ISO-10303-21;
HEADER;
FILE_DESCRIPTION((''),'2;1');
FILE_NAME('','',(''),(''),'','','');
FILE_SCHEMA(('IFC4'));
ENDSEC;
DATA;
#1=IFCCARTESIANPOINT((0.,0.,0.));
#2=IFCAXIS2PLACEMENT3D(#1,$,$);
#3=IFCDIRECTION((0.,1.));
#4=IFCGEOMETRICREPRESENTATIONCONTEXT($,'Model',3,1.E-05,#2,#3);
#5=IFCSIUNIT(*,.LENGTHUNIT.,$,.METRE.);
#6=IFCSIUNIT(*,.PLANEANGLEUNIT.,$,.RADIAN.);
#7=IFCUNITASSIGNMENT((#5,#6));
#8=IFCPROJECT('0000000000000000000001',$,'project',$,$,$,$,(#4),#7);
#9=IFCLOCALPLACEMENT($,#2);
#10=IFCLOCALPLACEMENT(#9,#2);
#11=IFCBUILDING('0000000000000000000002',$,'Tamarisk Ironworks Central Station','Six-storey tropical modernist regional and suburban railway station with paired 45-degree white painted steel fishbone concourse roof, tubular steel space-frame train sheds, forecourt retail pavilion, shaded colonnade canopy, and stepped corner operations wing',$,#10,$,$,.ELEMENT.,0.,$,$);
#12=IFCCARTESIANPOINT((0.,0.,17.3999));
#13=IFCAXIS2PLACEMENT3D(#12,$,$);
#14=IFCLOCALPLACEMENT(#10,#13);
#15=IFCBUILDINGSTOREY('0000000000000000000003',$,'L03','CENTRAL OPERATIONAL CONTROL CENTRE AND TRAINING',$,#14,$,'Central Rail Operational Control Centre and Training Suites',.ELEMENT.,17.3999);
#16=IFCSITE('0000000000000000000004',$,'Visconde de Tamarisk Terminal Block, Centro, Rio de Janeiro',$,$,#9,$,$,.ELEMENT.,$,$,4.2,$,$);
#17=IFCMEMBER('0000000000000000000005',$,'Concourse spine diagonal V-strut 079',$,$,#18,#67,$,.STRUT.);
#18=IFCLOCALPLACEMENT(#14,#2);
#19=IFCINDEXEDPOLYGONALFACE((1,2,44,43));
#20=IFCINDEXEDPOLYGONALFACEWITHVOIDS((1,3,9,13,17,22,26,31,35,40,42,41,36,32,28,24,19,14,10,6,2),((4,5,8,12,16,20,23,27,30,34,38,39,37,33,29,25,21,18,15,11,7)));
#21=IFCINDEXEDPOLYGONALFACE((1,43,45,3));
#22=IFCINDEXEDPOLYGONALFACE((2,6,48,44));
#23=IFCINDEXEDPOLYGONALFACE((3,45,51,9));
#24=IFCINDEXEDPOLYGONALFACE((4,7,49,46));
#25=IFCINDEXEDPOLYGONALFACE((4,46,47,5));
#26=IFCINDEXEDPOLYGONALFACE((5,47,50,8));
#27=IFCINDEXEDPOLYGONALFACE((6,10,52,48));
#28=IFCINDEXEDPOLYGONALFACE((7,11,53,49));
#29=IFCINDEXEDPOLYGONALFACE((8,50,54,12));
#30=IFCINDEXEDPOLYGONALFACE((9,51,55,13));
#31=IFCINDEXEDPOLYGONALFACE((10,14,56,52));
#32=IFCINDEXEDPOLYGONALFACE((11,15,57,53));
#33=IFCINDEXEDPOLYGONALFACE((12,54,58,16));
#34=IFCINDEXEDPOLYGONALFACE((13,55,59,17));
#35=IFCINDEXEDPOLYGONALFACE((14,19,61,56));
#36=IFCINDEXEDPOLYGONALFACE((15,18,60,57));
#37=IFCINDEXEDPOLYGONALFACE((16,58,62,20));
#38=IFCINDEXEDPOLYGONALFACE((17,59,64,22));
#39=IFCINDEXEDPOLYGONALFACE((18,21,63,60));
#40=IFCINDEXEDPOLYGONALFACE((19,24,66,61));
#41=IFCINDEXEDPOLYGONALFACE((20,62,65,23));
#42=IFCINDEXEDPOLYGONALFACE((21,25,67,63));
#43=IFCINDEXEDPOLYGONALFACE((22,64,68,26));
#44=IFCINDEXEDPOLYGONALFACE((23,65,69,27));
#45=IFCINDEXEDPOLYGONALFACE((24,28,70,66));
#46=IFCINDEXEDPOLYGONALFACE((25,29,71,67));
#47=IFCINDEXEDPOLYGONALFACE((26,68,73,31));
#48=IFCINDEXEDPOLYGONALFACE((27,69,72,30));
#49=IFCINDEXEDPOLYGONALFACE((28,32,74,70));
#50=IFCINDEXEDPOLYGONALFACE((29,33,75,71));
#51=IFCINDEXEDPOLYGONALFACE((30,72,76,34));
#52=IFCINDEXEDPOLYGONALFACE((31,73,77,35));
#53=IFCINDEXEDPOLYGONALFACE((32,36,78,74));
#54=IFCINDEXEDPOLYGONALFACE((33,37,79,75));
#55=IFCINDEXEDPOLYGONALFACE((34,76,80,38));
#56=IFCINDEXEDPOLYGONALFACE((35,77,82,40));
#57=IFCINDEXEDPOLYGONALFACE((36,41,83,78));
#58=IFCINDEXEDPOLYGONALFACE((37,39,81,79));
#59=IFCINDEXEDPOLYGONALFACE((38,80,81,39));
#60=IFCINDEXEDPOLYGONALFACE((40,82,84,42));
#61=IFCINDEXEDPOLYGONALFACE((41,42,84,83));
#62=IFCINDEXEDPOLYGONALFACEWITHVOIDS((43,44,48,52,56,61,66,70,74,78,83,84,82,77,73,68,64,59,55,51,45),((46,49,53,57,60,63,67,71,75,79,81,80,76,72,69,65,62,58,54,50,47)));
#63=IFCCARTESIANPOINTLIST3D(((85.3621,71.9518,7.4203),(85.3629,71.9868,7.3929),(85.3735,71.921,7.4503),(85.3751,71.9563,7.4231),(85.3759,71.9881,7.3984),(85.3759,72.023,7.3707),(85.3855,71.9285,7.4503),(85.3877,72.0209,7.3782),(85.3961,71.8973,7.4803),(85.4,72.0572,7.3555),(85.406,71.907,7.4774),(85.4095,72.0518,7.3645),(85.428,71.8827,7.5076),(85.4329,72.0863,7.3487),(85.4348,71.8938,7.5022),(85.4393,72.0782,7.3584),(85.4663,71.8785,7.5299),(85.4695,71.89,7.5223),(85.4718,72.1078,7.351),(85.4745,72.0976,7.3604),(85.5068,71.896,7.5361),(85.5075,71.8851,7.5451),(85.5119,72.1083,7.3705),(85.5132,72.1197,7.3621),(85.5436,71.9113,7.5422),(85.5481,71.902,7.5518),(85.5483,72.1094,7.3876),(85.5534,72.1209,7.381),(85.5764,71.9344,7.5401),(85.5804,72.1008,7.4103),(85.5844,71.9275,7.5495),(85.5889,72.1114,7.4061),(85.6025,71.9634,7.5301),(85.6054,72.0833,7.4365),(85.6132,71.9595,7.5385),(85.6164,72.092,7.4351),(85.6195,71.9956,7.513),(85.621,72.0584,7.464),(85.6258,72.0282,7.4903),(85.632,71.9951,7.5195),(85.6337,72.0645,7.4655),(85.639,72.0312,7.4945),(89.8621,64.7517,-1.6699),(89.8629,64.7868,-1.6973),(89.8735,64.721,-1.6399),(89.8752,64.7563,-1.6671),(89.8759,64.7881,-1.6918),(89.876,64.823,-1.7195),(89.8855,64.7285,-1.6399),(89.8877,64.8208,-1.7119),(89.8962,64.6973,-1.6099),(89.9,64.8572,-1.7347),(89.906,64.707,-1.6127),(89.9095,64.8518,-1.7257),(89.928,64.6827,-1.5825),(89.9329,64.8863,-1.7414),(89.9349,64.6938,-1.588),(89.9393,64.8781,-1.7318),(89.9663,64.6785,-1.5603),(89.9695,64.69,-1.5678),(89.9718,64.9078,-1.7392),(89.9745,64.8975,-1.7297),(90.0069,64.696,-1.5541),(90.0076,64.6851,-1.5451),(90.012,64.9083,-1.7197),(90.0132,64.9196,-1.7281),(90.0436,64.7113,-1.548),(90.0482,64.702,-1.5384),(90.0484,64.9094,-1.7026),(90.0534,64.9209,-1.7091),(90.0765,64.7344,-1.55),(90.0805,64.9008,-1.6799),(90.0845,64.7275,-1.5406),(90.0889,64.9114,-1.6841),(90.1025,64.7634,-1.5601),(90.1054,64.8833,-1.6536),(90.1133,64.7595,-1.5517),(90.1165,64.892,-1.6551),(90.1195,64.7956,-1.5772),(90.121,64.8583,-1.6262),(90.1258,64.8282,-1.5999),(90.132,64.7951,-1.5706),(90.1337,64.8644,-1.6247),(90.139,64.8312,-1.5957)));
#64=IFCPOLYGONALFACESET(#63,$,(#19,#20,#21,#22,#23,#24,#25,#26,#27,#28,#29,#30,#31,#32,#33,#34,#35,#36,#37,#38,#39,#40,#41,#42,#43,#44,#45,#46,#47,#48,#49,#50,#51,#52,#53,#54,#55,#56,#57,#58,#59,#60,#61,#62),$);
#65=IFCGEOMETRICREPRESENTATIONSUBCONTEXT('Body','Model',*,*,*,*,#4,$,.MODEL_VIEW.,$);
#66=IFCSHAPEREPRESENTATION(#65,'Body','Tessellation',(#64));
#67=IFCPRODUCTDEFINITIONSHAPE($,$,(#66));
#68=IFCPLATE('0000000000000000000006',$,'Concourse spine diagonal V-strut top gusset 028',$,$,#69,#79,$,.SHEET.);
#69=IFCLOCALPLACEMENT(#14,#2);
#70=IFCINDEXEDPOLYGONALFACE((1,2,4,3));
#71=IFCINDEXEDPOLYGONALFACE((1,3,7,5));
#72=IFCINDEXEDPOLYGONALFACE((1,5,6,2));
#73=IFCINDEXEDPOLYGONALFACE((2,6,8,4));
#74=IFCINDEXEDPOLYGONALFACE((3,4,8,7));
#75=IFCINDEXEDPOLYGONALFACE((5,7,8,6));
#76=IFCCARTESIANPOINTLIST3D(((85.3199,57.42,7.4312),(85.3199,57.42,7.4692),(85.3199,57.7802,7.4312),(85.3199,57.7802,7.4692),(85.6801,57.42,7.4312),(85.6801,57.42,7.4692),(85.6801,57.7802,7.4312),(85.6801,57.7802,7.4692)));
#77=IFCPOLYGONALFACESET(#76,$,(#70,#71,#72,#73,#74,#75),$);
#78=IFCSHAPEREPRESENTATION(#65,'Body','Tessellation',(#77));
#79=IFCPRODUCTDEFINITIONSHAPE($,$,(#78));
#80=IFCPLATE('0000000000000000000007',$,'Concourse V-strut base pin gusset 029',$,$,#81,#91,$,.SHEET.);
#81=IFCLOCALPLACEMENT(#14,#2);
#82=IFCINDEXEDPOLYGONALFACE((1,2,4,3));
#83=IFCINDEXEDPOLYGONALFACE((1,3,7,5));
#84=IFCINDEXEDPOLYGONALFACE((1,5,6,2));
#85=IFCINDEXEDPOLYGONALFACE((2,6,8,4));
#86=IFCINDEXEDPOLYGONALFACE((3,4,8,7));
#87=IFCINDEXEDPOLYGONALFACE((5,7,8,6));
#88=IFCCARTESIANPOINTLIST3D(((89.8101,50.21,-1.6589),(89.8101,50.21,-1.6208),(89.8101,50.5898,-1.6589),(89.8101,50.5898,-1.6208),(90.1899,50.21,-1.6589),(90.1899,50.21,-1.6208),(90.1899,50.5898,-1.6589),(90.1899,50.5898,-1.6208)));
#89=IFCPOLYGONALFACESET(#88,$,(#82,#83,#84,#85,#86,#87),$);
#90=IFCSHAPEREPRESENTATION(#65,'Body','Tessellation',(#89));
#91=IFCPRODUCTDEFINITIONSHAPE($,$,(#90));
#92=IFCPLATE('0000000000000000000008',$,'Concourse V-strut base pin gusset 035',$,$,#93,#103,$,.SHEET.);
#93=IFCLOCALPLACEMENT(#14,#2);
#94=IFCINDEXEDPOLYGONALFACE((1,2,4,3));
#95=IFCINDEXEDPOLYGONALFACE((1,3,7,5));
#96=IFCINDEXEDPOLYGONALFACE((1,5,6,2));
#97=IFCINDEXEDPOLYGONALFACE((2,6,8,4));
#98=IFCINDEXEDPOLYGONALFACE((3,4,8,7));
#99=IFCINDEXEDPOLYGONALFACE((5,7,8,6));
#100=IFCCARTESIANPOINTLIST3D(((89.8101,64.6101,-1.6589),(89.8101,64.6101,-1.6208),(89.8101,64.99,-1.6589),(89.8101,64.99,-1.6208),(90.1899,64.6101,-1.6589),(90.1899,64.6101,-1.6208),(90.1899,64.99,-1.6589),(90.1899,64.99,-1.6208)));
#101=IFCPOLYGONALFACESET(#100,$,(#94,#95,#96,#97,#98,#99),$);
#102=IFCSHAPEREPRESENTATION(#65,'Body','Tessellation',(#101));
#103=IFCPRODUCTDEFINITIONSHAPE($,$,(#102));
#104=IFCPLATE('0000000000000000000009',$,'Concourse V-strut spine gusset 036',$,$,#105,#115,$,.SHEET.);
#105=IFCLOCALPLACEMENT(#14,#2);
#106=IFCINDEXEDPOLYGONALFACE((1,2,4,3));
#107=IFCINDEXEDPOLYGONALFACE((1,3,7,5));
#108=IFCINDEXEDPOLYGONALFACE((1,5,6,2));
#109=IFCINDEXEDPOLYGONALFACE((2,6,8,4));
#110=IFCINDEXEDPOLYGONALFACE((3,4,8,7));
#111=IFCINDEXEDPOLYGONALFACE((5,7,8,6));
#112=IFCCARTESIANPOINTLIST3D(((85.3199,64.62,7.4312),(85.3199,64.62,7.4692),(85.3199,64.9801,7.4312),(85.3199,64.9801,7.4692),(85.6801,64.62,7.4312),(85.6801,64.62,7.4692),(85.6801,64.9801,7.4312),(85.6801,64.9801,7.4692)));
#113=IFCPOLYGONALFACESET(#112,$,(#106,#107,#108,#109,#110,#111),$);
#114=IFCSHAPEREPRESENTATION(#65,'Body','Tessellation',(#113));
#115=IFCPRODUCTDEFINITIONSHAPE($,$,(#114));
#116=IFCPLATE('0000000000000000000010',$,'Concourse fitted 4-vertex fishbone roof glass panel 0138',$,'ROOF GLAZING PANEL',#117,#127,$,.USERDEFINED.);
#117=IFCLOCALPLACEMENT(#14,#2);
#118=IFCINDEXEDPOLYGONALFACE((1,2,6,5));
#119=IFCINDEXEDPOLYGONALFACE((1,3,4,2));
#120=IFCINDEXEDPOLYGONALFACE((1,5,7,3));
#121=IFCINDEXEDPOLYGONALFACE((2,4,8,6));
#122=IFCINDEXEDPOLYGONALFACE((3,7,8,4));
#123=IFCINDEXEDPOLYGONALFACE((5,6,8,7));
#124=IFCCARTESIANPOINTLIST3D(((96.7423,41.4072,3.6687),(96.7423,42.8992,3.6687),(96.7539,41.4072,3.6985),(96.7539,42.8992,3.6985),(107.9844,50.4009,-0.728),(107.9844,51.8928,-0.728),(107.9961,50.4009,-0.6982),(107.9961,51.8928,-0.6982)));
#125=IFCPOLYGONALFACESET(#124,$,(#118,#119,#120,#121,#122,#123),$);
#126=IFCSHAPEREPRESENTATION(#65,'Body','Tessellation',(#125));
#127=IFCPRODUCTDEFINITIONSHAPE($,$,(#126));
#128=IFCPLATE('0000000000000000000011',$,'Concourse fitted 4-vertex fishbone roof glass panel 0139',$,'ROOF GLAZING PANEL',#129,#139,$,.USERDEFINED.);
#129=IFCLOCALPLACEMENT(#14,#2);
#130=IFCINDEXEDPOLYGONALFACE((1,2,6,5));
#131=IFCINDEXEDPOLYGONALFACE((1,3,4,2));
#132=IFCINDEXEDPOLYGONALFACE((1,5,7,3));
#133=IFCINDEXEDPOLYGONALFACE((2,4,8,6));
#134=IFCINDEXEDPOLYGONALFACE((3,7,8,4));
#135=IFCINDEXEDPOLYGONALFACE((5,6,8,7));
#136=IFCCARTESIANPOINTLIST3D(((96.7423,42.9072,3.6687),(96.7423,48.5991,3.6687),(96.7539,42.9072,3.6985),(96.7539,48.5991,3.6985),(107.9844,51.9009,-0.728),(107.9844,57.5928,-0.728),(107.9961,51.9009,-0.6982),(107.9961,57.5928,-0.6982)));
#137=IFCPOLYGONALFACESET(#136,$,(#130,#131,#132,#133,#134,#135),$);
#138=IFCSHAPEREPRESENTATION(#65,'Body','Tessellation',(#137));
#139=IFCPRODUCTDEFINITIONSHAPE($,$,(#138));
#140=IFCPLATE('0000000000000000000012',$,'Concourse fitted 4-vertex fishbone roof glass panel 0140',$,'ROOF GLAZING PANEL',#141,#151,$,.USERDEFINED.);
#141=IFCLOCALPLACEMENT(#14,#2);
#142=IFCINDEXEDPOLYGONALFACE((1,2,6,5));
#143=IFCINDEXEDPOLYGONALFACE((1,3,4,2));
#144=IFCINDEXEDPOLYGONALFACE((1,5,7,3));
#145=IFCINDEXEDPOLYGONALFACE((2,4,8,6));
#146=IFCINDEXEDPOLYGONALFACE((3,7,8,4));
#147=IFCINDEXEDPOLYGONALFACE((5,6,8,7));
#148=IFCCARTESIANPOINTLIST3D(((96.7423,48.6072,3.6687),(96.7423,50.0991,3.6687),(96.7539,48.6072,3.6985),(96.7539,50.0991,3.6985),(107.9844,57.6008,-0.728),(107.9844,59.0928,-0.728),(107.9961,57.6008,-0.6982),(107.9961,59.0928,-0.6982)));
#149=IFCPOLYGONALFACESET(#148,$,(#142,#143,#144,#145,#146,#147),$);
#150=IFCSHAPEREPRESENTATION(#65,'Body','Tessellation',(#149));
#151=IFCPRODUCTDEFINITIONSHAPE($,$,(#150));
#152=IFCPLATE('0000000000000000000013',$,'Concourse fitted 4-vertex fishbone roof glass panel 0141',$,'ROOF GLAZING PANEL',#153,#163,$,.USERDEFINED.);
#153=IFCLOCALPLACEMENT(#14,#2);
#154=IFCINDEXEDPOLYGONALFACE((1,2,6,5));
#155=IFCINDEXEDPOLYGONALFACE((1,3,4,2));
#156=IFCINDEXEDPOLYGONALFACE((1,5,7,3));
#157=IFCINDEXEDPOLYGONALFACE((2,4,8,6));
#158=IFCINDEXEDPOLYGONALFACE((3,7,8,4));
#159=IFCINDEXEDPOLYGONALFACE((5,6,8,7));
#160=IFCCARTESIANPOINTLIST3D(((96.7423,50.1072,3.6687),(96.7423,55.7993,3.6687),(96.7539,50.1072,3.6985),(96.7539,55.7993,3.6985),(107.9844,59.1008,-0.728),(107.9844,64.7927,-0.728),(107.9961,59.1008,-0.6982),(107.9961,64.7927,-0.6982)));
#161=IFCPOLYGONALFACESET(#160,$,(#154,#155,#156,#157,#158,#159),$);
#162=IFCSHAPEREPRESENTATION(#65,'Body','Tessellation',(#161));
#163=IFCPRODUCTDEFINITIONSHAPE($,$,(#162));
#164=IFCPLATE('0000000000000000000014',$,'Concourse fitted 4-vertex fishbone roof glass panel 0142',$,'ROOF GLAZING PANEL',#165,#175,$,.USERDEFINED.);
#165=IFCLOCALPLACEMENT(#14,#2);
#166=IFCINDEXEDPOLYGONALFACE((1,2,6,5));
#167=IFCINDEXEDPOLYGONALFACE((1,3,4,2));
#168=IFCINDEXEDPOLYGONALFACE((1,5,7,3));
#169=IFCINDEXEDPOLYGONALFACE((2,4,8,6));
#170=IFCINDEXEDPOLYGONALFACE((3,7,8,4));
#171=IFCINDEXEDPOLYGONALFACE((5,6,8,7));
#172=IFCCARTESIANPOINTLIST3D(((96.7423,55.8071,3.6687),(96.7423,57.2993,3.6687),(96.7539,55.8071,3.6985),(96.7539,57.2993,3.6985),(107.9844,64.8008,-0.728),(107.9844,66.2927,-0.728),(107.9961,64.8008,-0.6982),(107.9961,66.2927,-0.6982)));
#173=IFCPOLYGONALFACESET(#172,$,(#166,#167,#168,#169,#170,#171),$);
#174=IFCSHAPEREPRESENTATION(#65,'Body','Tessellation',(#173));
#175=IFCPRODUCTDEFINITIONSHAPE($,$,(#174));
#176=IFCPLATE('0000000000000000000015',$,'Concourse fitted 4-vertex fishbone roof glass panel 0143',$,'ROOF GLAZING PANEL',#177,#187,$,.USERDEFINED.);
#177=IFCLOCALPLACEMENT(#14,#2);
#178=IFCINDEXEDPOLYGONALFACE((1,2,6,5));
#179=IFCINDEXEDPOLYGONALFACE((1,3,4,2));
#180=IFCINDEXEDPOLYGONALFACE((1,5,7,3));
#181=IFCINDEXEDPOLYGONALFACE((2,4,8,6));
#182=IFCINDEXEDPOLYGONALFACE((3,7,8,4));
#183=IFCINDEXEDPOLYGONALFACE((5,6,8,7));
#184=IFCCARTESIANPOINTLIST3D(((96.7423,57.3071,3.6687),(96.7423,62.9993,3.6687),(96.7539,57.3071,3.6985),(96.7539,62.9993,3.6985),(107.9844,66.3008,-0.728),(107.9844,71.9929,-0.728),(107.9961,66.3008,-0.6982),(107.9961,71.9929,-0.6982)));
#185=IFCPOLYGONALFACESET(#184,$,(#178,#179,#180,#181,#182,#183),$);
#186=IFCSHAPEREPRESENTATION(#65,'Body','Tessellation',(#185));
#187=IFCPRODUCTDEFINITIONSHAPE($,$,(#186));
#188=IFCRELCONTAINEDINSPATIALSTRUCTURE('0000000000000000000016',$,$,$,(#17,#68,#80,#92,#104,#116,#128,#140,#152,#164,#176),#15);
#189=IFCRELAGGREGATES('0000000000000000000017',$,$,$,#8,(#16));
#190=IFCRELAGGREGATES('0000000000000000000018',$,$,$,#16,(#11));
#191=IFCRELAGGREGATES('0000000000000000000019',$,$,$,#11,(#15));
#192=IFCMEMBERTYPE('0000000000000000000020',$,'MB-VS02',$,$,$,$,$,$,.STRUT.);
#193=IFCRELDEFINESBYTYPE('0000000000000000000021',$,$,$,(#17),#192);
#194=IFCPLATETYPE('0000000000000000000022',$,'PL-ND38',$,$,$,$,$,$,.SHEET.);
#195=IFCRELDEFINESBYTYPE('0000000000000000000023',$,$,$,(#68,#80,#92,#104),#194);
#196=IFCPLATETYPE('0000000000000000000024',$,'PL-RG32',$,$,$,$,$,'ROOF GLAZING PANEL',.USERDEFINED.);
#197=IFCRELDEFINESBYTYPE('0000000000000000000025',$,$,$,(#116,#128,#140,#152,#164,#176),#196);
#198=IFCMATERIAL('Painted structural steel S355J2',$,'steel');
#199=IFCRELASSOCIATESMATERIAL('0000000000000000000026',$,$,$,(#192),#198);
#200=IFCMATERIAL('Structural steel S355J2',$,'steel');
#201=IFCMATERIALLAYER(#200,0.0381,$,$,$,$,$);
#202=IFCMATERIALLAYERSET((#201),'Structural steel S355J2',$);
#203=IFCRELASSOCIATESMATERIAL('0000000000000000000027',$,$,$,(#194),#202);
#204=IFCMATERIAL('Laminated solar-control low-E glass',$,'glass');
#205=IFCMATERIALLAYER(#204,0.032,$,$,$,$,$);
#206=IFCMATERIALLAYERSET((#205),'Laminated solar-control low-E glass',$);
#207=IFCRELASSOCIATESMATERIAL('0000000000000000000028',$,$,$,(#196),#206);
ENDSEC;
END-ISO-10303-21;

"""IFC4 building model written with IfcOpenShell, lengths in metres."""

from ifc_helpers import new_model, si_unit, direction, frame, origin, origin_2d, place, context, subcontext, project, spatial, polyline, rectangle, hollow_circle, outline, extrude, material, layer, layer_set, material_profile, profile_set, type_object, element, save


model = new_model("IFC4")

# Units and contexts
model_context = context("Model", 3, precision=1e-05, world=origin(), true_north=direction((0.0, 1.0)))
body_context = subcontext(model_context, "Body", "Model", "MODEL_VIEW")
ifc_project = project(units=[si_unit("LENGTHUNIT", "METRE"), si_unit("PLANEANGLEUNIT", "RADIAN")], contexts=[model_context])

# Site, building, storey
site_placement = place(None, origin())
site = spatial("IfcSite", under=ifc_project, at=site_placement, Name="Visconde de Tamarisk Terminal Block, Centro, Rio de Janeiro", CompositionType="ELEMENT", RefElevation=4.2)
building_placement = place(site_placement, origin())
building = spatial("IfcBuilding", under=site, at=building_placement, Name="Tamarisk Ironworks Central Station", Description="Six-storey tropical modernist regional and suburban railway station with paired 45-degree white painted steel fishbone concourse roof, tubular steel space-frame train sheds, forecourt retail pavilion, shaded colonnade canopy, and stepped corner operations wing", CompositionType="ELEMENT", ElevationOfRefHeight=0.0)
storey_placement = place(building_placement, frame((0.0, 0.0, 17.3999)))
storey = spatial("IfcBuildingStorey", under=building, at=storey_placement, Name="L03", Description="CENTRAL OPERATIONAL CONTROL CENTRE AND TRAINING", LongName="Central Rail Operational Control Centre and Training Suites", CompositionType="ELEMENT", Elevation=17.3999)

# Shared definitions
ifc_material_1 = material(Name="Painted structural steel S355J2", Category="steel")
ifc_material_2 = material(Name="Structural steel S355J2", Category="steel")

# Member
ifc_material_profile_1 = material_profile(ifc_material_1, hollow_circle(Radius=0.1492, WallThickness=0.0142, at=origin_2d()), Name="CHS 298.5x14.2")
ifc_profile_set_1 = profile_set([ifc_material_profile_1], Name="Painted structural steel S355J2")
member_type_1 = type_object("IfcMemberType", Name="MB-VS02", PredefinedType="STRUT", material=ifc_profile_set_1)
for number, where, z_axis, x_axis, name in (
    (1, (90.0, 64.8, -1.6399), (-0.361777, 0.578839, 0.730796), (-0.847997, -0.530002, 0.0), "Concourse spine diagonal V-strut 079"),
):
    element("IfcMember", number, at=place(storey_placement, frame(where, z_axis=z_axis, x_axis=x_axis)), inside=storey, type_object=member_type_1, Name=name, PredefinedType="STRUT", context=body_context, shape_type="SweptSolid", body=[
        extrude(hollow_circle(Radius=0.1492, WallThickness=0.0142, at=origin_2d()), origin(), (0.0, 0.0, 1.0), 12.4387),
    ])

# Plates
ifc_layer_1 = layer(ifc_material_2, 0.0381)
ifc_layer_set_1 = layer_set([ifc_layer_1], Name="Structural steel S355J2")
plate_type_1 = type_object("IfcPlateType", Name="PL-ND38", PredefinedType="SHEET", material=ifc_layer_set_1)
plate_1_placement = place(storey_placement, frame((85.5, 57.6001, 7.4312), z_axis=(0.0, 0.0, 1.0), x_axis=(1.0, 0.0, 0.0)))
element("IfcPlate", 2, at=plate_1_placement, inside=storey, type_object=plate_type_1, Name="Concourse spine diagonal V-strut top gusset 028", PredefinedType="SHEET", context=body_context, shape_type="SweptSolid", body=[
    extrude(rectangle(XDim=0.3601, YDim=0.3601, at=origin_2d()), origin(), (0.0, 0.0, 1.0), 0.0381),
])
for number, where, z_axis, x_axis, name in (
    (3, (90.0, 50.3999, -1.6589), (0.0, 0.0, 1.0), (1.0, 0.0, 0.0), "Concourse V-strut base pin gusset 029"),
    (4, (90.0, 64.8, -1.6589), (0.0, 0.0, 1.0), (1.0, 0.0, 0.0), "Concourse V-strut base pin gusset 035"),
):
    element("IfcPlate", number, at=place(storey_placement, frame(where, z_axis=z_axis, x_axis=x_axis)), inside=storey, type_object=plate_type_1, Name=name, PredefinedType="SHEET", context=body_context, shape_type="SweptSolid", body=[
        extrude(rectangle(XDim=0.3799, YDim=0.3799, at=origin_2d()), origin(), (0.0, 0.0, 1.0), 0.0381),
    ])
plate_2_placement = place(storey_placement, frame((85.5, 64.8, 7.4312), z_axis=(0.0, 0.0, 1.0), x_axis=(1.0, 0.0, 0.0)))
element("IfcPlate", 5, at=plate_2_placement, inside=storey, type_object=plate_type_1, Name="Concourse V-strut spine gusset 036", PredefinedType="SHEET", context=body_context, shape_type="SweptSolid", body=[
    extrude(rectangle(XDim=0.3601, YDim=0.3601, at=origin_2d()), origin(), (0.0, 0.0, 1.0), 0.0381),
])
ifc_material_3 = material(Name="Laminated solar-control low-E glass", Category="glass")
ifc_layer_2 = layer(ifc_material_3, 0.032)
ifc_layer_set_2 = layer_set([ifc_layer_2], Name="Laminated solar-control low-E glass")
plate_type_2 = type_object("IfcPlateType", Name="PL-RG32", ElementType="ROOF GLAZING PANEL", PredefinedType="USERDEFINED", material=ifc_layer_set_2)
plate_3_placement = place(storey_placement, frame((107.9961, 50.4009, -0.6982), z_axis=(0.364228, 0.0, 0.93131), x_axis=(0.0, 1.0, 0.0)))
element("IfcPlate", 6, at=plate_3_placement, inside=storey, type_object=plate_type_2, Name="Concourse fitted 4-vertex fishbone roof glass panel 0138", ObjectType="ROOF GLAZING PANEL", PredefinedType="USERDEFINED", context=body_context, shape_type="SweptSolid", body=[
    extrude(outline(polyline([(0.0, 0.0), (1.4919, 0.0), (-7.5017, 12.0714), (-8.9937, 12.0714), (0.0, 0.0)])), origin(), (0.0, 0.0, -1.0), 0.032),
])
plate_4_placement = place(storey_placement, frame((107.9961, 51.9009, -0.6982), z_axis=(0.364228, 0.0, 0.93131), x_axis=(0.0, 1.0, 0.0)))
element("IfcPlate", 7, at=plate_4_placement, inside=storey, type_object=plate_type_2, Name="Concourse fitted 4-vertex fishbone roof glass panel 0139", ObjectType="ROOF GLAZING PANEL", PredefinedType="USERDEFINED", context=body_context, shape_type="SweptSolid", body=[
    extrude(outline(polyline([(0.0, 0.0), (5.6919, 0.0), (-3.3018, 12.0714), (-8.9937, 12.0714), (0.0, 0.0)])), origin(), (0.0, 0.0, -1.0), 0.032),
])
plate_5_placement = place(storey_placement, frame((107.9961, 57.6008, -0.6982), z_axis=(0.364228, 0.0, 0.93131), x_axis=(0.0, 1.0, 0.0)))
element("IfcPlate", 8, at=plate_5_placement, inside=storey, type_object=plate_type_2, Name="Concourse fitted 4-vertex fishbone roof glass panel 0140", ObjectType="ROOF GLAZING PANEL", PredefinedType="USERDEFINED", context=body_context, shape_type="SweptSolid", body=[
    extrude(outline(polyline([(0.0, 0.0), (1.4919, 0.0), (-7.5017, 12.0714), (-8.9937, 12.0714), (0.0, 0.0)])), origin(), (0.0, 0.0, -1.0), 0.032),
])
plate_6_placement = place(storey_placement, frame((107.9961, 59.1008, -0.6982), z_axis=(0.364228, 0.0, 0.93131), x_axis=(0.0, 1.0, 0.0)))
element("IfcPlate", 9, at=plate_6_placement, inside=storey, type_object=plate_type_2, Name="Concourse fitted 4-vertex fishbone roof glass panel 0141", ObjectType="ROOF GLAZING PANEL", PredefinedType="USERDEFINED", context=body_context, shape_type="SweptSolid", body=[
    extrude(outline(polyline([(0.0, 0.0), (5.6919, 0.0), (-3.3015, 12.0714), (-8.9937, 12.0714), (0.0, 0.0)])), origin(), (0.0, 0.0, -1.0), 0.032),
])
plate_7_placement = place(storey_placement, frame((107.9961, 64.8008, -0.6982), z_axis=(0.364228, 0.0, 0.93131), x_axis=(0.0, 1.0, 0.0)))
element("IfcPlate", 10, at=plate_7_placement, inside=storey, type_object=plate_type_2, Name="Concourse fitted 4-vertex fishbone roof glass panel 0142", ObjectType="ROOF GLAZING PANEL", PredefinedType="USERDEFINED", context=body_context, shape_type="SweptSolid", body=[
    extrude(outline(polyline([(0.0, 0.0), (1.4919, 0.0), (-7.5015, 12.0714), (-8.9937, 12.0714), (0.0, 0.0)])), origin(), (0.0, 0.0, -1.0), 0.032),
])
plate_8_placement = place(storey_placement, frame((107.9961, 66.3008, -0.6982), z_axis=(0.364228, 0.0, 0.93131), x_axis=(0.0, 1.0, 0.0)))
element("IfcPlate", 11, at=plate_8_placement, inside=storey, type_object=plate_type_2, Name="Concourse fitted 4-vertex fishbone roof glass panel 0143", ObjectType="ROOF GLAZING PANEL", PredefinedType="USERDEFINED", context=body_context, shape_type="SweptSolid", body=[
    extrude(outline(polyline([(0.0, 0.0), (5.6921, 0.0), (-3.3015, 12.0714), (-8.9937, 12.0714), (0.0, 0.0)])), origin(), (0.0, 0.0, -1.0), 0.032),
])

save(model, "model.ifc")
